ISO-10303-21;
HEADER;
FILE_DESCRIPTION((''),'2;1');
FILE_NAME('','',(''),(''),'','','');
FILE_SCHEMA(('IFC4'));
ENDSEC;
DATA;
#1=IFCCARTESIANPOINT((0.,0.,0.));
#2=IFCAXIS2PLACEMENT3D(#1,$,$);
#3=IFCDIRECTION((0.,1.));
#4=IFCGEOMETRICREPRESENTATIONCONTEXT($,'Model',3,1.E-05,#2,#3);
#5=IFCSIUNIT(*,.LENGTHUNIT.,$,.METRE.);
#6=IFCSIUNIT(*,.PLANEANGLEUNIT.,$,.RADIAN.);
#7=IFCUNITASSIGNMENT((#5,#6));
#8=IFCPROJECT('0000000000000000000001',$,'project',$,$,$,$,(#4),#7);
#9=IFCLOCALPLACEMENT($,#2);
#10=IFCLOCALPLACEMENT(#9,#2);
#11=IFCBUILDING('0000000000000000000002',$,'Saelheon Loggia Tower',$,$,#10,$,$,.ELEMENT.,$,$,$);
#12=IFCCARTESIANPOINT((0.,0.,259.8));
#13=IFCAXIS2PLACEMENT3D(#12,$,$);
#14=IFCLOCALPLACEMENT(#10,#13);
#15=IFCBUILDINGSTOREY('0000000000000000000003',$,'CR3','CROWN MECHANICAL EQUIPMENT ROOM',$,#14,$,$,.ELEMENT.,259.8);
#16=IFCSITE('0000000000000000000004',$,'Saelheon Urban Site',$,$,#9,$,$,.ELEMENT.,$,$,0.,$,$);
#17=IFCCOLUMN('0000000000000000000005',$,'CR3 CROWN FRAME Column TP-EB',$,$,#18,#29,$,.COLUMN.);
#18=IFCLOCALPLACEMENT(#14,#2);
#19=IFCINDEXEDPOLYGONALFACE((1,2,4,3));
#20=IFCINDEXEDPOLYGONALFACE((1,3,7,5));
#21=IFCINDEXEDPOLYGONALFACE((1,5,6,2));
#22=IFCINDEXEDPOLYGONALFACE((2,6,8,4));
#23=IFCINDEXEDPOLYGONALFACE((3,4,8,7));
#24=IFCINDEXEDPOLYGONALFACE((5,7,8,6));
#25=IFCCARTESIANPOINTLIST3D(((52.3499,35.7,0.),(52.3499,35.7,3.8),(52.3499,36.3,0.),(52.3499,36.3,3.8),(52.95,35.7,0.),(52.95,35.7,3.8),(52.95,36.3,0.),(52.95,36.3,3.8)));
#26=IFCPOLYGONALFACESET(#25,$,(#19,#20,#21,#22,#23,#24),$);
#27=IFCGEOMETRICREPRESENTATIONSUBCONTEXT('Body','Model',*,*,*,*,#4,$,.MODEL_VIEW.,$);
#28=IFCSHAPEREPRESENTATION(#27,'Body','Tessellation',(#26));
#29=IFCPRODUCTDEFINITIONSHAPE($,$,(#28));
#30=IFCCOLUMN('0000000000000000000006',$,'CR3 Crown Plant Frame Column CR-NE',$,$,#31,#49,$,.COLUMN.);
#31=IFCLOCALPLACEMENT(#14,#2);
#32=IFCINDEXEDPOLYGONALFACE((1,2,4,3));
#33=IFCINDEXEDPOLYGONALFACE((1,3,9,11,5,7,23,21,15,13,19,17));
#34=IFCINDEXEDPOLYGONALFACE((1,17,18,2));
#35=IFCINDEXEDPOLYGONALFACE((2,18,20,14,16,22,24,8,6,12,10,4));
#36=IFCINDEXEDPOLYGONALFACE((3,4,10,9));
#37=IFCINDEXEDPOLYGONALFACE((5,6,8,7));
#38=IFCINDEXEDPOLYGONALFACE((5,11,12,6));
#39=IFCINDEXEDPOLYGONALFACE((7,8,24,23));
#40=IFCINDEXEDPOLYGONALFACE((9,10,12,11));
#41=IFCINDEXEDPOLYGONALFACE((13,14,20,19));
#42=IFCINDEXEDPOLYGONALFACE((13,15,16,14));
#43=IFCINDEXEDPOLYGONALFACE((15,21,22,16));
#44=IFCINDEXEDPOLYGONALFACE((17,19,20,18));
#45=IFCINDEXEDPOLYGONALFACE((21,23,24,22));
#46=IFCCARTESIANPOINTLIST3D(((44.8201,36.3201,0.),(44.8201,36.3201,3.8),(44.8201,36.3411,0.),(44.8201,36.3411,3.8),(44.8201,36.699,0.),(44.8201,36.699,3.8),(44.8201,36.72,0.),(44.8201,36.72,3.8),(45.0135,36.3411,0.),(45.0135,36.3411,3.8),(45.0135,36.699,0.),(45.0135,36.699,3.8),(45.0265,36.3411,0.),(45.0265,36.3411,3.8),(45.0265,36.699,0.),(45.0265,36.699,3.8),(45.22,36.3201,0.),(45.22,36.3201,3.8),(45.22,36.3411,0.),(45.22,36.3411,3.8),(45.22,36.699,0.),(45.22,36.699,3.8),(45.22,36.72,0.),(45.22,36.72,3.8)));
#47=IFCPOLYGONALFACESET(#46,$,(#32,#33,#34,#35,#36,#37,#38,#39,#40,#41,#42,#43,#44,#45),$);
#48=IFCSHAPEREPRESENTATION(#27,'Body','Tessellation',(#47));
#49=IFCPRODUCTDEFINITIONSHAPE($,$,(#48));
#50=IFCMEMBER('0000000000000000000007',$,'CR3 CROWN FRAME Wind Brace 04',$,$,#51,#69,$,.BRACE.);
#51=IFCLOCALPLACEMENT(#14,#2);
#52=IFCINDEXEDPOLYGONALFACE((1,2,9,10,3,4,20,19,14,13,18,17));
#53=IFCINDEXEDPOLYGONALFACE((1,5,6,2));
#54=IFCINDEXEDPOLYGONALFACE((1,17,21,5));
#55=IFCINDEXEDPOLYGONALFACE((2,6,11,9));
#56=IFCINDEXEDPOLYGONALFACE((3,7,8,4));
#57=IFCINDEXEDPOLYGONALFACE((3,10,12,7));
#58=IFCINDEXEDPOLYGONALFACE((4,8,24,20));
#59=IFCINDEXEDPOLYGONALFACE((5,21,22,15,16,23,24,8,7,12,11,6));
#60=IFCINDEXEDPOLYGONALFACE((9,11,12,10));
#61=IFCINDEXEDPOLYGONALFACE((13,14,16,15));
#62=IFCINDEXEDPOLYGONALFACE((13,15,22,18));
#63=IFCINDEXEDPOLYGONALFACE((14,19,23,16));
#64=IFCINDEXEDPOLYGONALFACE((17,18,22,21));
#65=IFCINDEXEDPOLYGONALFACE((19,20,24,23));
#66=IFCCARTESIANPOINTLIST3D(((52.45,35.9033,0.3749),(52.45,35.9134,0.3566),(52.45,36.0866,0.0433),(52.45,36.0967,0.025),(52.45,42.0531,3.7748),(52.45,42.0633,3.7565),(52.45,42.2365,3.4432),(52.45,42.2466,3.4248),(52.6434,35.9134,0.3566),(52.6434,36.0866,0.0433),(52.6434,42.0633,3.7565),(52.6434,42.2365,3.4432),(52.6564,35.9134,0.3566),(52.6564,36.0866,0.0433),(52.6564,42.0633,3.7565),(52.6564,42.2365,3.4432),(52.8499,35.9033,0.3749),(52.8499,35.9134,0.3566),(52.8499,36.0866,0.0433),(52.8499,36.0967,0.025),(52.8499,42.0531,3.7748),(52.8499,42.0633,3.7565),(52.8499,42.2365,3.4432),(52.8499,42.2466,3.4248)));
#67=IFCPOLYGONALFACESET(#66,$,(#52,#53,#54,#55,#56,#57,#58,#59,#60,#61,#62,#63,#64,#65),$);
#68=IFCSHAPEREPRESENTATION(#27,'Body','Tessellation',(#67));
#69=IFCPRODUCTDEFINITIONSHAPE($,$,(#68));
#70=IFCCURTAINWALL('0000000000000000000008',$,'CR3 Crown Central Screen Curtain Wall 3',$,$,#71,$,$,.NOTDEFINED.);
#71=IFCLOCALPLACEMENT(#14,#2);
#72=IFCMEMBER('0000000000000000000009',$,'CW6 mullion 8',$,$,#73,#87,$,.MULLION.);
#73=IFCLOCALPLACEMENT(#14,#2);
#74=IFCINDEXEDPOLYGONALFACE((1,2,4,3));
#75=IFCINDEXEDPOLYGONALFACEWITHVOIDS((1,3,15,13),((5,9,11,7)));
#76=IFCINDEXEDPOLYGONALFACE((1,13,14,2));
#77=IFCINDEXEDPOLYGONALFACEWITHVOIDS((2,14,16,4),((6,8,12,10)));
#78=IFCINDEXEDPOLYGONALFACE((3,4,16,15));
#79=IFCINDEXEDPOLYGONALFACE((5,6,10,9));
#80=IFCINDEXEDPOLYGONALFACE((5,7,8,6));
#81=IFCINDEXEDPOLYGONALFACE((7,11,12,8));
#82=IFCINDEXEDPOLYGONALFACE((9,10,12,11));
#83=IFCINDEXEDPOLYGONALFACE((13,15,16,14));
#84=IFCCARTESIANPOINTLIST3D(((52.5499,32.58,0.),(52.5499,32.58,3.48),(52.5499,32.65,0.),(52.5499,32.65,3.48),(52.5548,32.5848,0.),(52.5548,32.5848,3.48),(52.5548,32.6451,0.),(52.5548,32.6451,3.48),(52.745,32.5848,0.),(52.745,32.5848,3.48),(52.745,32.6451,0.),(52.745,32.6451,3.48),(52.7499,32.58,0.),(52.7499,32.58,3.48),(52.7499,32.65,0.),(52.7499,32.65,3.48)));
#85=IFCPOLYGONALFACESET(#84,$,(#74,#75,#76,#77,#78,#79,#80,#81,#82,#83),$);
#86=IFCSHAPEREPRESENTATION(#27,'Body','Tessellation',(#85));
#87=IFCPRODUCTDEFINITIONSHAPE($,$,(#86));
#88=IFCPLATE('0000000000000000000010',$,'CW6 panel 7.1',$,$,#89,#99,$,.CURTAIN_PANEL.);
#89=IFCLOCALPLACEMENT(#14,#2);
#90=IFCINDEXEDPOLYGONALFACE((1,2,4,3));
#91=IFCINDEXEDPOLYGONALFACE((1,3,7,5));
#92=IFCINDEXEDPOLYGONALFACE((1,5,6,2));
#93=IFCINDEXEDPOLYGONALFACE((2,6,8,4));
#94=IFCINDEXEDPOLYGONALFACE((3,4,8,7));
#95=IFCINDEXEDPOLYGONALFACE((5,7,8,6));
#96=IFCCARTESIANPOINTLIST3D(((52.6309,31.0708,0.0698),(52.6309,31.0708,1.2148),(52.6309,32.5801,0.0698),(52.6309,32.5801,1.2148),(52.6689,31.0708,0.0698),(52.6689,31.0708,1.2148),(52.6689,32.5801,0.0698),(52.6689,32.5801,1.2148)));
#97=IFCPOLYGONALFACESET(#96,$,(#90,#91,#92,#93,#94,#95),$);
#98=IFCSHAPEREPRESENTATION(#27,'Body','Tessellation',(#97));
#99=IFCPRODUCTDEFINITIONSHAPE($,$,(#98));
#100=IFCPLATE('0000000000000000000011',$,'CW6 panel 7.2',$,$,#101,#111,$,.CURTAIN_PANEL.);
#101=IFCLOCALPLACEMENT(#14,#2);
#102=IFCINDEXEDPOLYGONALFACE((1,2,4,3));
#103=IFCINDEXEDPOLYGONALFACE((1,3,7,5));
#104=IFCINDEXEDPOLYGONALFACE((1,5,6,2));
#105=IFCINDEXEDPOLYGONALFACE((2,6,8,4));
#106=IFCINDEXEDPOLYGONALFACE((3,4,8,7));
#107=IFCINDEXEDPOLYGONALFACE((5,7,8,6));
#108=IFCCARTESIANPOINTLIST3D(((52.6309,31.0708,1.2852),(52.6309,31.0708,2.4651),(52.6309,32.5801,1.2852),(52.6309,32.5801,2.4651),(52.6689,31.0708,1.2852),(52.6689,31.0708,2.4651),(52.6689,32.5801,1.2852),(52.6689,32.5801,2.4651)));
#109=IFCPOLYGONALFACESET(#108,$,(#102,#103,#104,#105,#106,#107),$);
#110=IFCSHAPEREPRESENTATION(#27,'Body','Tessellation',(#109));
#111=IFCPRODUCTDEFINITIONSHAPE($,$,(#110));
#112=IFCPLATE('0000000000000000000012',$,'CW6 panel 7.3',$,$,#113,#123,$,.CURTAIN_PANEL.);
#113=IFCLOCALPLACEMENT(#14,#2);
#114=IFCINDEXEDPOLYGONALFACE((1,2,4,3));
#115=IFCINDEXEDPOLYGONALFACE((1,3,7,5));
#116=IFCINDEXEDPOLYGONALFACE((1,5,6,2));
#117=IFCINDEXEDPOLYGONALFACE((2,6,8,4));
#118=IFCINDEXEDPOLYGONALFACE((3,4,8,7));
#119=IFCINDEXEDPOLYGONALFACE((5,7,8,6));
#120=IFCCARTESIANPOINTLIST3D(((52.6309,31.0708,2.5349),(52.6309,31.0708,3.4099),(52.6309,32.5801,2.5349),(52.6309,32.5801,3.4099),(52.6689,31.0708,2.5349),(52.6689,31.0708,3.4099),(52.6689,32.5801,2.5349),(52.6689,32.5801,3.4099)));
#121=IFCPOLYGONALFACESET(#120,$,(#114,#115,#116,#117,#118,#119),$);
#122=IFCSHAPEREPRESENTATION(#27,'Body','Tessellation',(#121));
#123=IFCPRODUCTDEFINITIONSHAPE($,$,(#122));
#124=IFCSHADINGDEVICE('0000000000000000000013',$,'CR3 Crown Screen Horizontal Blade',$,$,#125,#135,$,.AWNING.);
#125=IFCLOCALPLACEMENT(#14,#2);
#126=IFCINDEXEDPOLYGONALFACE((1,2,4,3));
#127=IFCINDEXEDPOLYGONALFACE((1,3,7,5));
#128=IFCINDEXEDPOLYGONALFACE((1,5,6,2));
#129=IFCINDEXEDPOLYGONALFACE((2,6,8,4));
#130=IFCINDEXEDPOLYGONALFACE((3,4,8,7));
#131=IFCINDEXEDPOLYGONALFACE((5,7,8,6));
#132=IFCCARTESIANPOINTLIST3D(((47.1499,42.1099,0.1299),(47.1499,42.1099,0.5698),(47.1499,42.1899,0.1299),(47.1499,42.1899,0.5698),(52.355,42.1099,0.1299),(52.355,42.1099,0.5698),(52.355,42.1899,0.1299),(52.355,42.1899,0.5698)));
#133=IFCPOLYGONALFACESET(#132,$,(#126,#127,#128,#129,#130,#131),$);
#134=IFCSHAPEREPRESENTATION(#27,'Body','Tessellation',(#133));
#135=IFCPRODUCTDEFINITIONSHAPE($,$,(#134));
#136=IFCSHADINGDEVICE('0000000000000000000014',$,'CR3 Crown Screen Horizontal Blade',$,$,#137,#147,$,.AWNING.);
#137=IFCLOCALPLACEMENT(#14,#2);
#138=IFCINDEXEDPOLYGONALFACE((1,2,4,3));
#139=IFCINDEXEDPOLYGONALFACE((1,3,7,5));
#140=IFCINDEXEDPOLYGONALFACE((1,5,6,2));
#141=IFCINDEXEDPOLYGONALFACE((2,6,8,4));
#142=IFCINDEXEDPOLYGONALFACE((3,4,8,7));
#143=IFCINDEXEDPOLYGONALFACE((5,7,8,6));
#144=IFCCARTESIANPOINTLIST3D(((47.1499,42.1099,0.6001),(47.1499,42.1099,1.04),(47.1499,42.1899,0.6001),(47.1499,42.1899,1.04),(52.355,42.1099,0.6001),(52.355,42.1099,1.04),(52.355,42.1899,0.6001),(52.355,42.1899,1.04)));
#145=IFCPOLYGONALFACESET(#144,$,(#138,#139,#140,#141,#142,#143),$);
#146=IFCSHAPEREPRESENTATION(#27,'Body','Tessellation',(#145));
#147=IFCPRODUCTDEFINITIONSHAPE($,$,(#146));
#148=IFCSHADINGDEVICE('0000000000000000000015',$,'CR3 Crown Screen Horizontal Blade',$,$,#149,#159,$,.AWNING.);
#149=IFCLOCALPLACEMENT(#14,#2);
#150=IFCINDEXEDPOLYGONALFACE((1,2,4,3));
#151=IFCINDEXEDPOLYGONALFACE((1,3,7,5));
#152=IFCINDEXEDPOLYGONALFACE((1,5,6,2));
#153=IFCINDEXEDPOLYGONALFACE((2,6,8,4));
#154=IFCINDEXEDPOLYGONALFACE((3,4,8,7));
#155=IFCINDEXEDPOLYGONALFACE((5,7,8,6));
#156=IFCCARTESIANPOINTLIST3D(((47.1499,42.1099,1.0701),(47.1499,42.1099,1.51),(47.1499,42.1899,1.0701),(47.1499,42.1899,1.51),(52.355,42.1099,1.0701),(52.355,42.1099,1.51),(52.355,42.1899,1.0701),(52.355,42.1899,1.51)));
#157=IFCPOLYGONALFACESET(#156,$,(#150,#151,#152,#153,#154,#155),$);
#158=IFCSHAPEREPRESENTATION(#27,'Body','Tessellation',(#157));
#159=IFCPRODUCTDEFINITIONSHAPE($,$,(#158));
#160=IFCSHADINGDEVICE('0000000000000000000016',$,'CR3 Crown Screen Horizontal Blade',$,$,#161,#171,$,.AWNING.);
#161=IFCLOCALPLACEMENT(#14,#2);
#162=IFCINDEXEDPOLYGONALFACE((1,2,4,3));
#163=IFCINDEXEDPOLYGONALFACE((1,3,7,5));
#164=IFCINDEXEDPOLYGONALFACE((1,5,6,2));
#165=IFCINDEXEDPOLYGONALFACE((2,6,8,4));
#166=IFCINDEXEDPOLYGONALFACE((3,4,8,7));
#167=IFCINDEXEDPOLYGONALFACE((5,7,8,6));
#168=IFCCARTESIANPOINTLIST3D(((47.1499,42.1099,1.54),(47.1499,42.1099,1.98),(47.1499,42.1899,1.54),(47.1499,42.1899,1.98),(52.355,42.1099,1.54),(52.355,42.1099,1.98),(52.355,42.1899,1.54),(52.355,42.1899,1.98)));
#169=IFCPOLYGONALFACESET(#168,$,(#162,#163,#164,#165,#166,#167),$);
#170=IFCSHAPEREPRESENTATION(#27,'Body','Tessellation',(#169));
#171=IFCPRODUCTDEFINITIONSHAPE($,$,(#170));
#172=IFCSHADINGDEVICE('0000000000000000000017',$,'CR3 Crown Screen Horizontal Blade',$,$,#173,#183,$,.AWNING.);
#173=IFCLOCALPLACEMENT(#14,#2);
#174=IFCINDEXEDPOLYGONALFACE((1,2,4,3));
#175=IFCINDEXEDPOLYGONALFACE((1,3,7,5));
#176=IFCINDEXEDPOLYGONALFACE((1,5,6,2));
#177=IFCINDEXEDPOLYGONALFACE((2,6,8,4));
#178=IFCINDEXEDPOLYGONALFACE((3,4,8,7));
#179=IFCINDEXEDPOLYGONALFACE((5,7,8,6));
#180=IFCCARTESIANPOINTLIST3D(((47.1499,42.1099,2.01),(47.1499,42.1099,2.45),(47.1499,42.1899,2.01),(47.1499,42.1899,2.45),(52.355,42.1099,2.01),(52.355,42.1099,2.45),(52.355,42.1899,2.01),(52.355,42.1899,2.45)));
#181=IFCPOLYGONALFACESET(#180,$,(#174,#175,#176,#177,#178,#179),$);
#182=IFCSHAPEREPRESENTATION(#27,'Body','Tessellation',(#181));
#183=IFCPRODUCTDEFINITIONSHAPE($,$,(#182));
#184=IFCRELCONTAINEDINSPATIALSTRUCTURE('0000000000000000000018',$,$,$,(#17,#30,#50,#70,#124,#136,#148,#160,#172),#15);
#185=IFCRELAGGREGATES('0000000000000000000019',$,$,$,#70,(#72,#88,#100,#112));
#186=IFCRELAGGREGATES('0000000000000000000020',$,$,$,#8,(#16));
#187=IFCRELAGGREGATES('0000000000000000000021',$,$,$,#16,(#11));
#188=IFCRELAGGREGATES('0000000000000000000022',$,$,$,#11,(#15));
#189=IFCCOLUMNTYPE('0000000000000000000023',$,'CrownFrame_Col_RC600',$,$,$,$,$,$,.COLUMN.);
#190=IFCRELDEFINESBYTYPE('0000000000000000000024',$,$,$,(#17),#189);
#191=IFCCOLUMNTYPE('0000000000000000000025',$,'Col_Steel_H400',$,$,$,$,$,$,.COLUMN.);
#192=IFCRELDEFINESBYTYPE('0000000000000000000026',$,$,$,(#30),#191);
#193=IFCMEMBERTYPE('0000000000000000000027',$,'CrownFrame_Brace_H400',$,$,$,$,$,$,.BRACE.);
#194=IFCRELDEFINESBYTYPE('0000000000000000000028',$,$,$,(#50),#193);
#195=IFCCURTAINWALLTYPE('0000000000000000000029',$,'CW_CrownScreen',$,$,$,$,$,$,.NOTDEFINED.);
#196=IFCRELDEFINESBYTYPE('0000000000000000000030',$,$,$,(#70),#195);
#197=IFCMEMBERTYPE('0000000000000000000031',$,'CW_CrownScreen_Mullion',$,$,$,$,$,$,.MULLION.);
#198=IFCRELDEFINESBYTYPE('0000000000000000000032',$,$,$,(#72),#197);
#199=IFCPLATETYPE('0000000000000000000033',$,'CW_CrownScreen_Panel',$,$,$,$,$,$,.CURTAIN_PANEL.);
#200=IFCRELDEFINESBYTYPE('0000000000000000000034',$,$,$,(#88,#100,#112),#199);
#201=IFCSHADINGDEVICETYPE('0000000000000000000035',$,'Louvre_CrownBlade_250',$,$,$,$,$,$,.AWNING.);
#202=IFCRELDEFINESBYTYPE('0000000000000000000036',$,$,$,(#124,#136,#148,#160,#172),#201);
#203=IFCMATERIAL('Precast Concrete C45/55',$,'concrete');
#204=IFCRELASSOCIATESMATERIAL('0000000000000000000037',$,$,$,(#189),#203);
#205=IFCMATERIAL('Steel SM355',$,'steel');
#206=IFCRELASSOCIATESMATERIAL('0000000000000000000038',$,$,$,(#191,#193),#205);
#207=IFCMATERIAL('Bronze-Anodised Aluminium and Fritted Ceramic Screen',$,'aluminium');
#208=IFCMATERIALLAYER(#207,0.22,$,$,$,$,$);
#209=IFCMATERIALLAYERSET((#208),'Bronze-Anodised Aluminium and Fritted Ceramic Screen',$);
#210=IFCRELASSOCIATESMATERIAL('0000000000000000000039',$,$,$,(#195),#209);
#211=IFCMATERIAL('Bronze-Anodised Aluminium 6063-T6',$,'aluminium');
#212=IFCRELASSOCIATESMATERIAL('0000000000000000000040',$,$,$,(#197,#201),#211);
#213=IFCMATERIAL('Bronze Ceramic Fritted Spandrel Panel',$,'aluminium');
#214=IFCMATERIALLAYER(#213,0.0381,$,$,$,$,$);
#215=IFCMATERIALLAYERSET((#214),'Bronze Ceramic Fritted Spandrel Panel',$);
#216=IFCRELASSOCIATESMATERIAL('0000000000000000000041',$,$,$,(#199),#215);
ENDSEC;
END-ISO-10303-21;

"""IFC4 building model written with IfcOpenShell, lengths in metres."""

from ifc_helpers import new_model, si_unit, direction, frame, origin, origin_2d, place, context, subcontext, project, spatial, rectangle, hollow_rectangle, i_section, extrude, source, transform, mapped, material, layer, layer_set, material_profile, profile_set, type_object, element, aggregate, save


model = new_model("IFC4")

# Units and contexts
model_context = context("Model", 3, precision=1e-05, world=origin(), true_north=direction((0.0, 1.0)))
body_context = subcontext(model_context, "Body", "Model", "MODEL_VIEW")
ifc_project = project(units=[si_unit("LENGTHUNIT", "METRE"), si_unit("PLANEANGLEUNIT", "RADIAN")], contexts=[model_context])

# Site, building, storey
site_placement = place(None, origin())
site = spatial("IfcSite", under=ifc_project, at=site_placement, Name="Saelheon Urban Site", CompositionType="ELEMENT", RefElevation=0.0)
building_placement = place(site_placement, origin())
building = spatial("IfcBuilding", under=site, at=building_placement, Name="Saelheon Loggia Tower", CompositionType="ELEMENT")
storey_placement = place(building_placement, frame((0.0, 0.0, 259.8)))
storey = spatial("IfcBuildingStorey", under=building, at=storey_placement, Name="CR3", Description="CROWN MECHANICAL EQUIPMENT ROOM", CompositionType="ELEMENT", Elevation=259.8)

# Columns
ifc_material_1 = material(Name="Precast Concrete C45/55", Category="concrete")
ifc_material_profile_1 = material_profile(ifc_material_1, rectangle(XDim=0.6001, YDim=0.6001, at=origin_2d()), Name="RC-600x600")
ifc_profile_set_1 = profile_set([ifc_material_profile_1], Name="Precast Concrete C45/55")
column_type_1 = type_object("IfcColumnType", Name="CrownFrame_Col_RC600", PredefinedType="COLUMN", material=ifc_profile_set_1)
shared_shape_1 = source(origin(), body_context, "Body", "SweptSolid", [
    extrude(rectangle(XDim=0.6001, YDim=0.6001, at=origin_2d()), origin(), (0.0, 0.0, 1.0), 3.8),
])
column_1_placement = place(storey_placement, frame((52.6499, 36.0, 0.0), z_axis=(0.0, 0.0, 1.0), x_axis=(1.0, 0.0, 0.0)))
element("IfcColumn", 1, at=column_1_placement, inside=storey, type_object=column_type_1, Name="CR3 CROWN FRAME Column TP-EB", PredefinedType="COLUMN", context=body_context, shape_type="MappedRepresentation", body=[
    mapped(shared_shape_1, transform((0.0, 0.0, 0.0), scale=1.0)),
])
ifc_material_2 = material(Name="Steel SM355", Category="steel")
ifc_material_profile_2 = material_profile(ifc_material_2, i_section(OverallWidth=0.3999, OverallDepth=0.3999, WebThickness=0.0129, FlangeThickness=0.021, at=origin_2d()), Name="H-400x400x13x21")
ifc_profile_set_2 = profile_set([ifc_material_profile_2], Name="Steel SM355")
column_type_2 = type_object("IfcColumnType", Name="Col_Steel_H400", PredefinedType="COLUMN", material=ifc_profile_set_2)
shared_shape_2 = source(origin(), body_context, "Body", "SweptSolid", [
    extrude(i_section(OverallWidth=0.3999, OverallDepth=0.3999, WebThickness=0.0129, FlangeThickness=0.021, at=origin_2d()), origin(), (0.0, 0.0, 1.0), 3.8),
])
column_2_placement = place(storey_placement, frame((45.02, 36.52, 0.0), z_axis=(0.0, 0.0, 1.0), x_axis=(1.0, 0.0, 0.0)))
element("IfcColumn", 2, at=column_2_placement, inside=storey, type_object=column_type_2, Name="CR3 Crown Plant Frame Column CR-NE", PredefinedType="COLUMN", context=body_context, shape_type="MappedRepresentation", body=[
    mapped(shared_shape_2, transform((0.0, 0.0, 0.0), scale=1.0)),
])

# Member
ifc_material_profile_3 = material_profile(ifc_material_2, i_section(OverallWidth=0.3999, OverallDepth=0.3999, WebThickness=0.0129, FlangeThickness=0.021, at=origin_2d()), Name="H-400x400x13x21")
ifc_profile_set_3 = profile_set([ifc_material_profile_3], Name="Steel SM355")
member_type_1 = type_object("IfcMemberType", Name="CrownFrame_Brace_H400", PredefinedType="BRACE", material=ifc_profile_set_3)
shared_shape_3 = source(origin(), body_context, "Body", "SweptSolid", [
    extrude(i_section(OverallWidth=0.3999, OverallDepth=0.3999, WebThickness=0.0129, FlangeThickness=0.021, at=origin_2d()), origin(), (0.0, 0.0, 1.0), 7.0271),
])
member_1_placement = place(storey_placement, frame((52.6499, 36.0, 0.2), z_axis=(0.0, 0.875165, 0.483825), x_axis=(-1.0, 0.0, 0.0)))
element("IfcMember", 3, at=member_1_placement, inside=storey, type_object=member_type_1, Name="CR3 CROWN FRAME Wind Brace 04", PredefinedType="BRACE", context=body_context, shape_type="MappedRepresentation", body=[
    mapped(shared_shape_3, transform((0.0, 0.0, 0.0), scale=1.0)),
])

# Curtain wall, member, plates
ifc_material_3 = material(Name="Bronze-Anodised Aluminium and Fritted Ceramic Screen", Category="aluminium")
ifc_layer_1 = layer(ifc_material_3, 0.22)
ifc_layer_set_1 = layer_set([ifc_layer_1], Name="Bronze-Anodised Aluminium and Fritted Ceramic Screen")
curtain_wall_type = type_object("IfcCurtainWallType", Name="CW_CrownScreen", PredefinedType="NOTDEFINED", material=ifc_layer_set_1)
curtain_wall_placement = place(storey_placement, origin())
curtain_wall = element("IfcCurtainWall", 4, at=curtain_wall_placement, inside=storey, type_object=curtain_wall_type, Name="CR3 Crown Central Screen Curtain Wall 3", PredefinedType="NOTDEFINED")
ifc_material_4 = material(Name="Bronze-Anodised Aluminium 6063-T6", Category="aluminium")
ifc_material_profile_4 = material_profile(ifc_material_4, hollow_rectangle(XDim=0.0701, YDim=0.2, WallThickness=0.0049, at=origin_2d()), Name="RHS-200x70x5")
ifc_profile_set_4 = profile_set([ifc_material_profile_4], Name="Bronze-Anodised Aluminium 6063-T6")
member_type_2 = type_object("IfcMemberType", Name="CW_CrownScreen_Mullion", PredefinedType="MULLION", material=ifc_profile_set_4)
shared_shape_4 = source(origin(), body_context, "Body", "SweptSolid", [
    extrude(hollow_rectangle(XDim=0.0701, YDim=0.2, WallThickness=0.0049, at=origin_2d()), origin(), (0.0, 0.0, 1.0), 3.48),
])
member_2_placement = place(storey_placement, frame((52.6499, 32.615, 0.0), z_axis=(0.0, 0.0, 1.0), x_axis=(0.0, 1.0, 0.0)))
member_2 = element("IfcMember", 5, at=member_2_placement, type_object=member_type_2, Name="CW6 mullion 8", PredefinedType="MULLION", context=body_context, shape_type="MappedRepresentation", body=[
    mapped(shared_shape_4, transform((0.0, 0.0, 0.0), scale=1.0)),
])
ifc_material_5 = material(Name="Bronze Ceramic Fritted Spandrel Panel", Category="aluminium")
ifc_layer_2 = layer(ifc_material_5, 0.0381)
ifc_layer_set_2 = layer_set([ifc_layer_2], Name="Bronze Ceramic Fritted Spandrel Panel")
plate_type = type_object("IfcPlateType", Name="CW_CrownScreen_Panel", PredefinedType="CURTAIN_PANEL", material=ifc_layer_set_2)
shared_shape_5 = source(origin(), body_context, "Body", "SweptSolid", [
    extrude(rectangle(XDim=1.5093, YDim=0.0381, at=origin_2d()), origin(), (0.0, 0.0, 1.0), 1.145),
])
plate_1_placement = place(storey_placement, frame((52.6499, 31.8254, 0.0698), z_axis=(0.0, 0.0, 1.0), x_axis=(0.0, 1.0, 0.0)))
plate_1 = element("IfcPlate", 6, at=plate_1_placement, type_object=plate_type, Name="CW6 panel 7.1", PredefinedType="CURTAIN_PANEL", context=body_context, shape_type="MappedRepresentation", body=[
    mapped(shared_shape_5, transform((0.0, 0.0, 0.0), scale=1.0)),
])
shared_shape_6 = source(origin(), body_context, "Body", "SweptSolid", [
    extrude(rectangle(XDim=1.5093, YDim=0.0381, at=origin_2d()), origin(), (0.0, 0.0, 1.0), 1.1799),
])
plate_2_placement = place(storey_placement, frame((52.6499, 31.8254, 1.2852), z_axis=(0.0, 0.0, 1.0), x_axis=(0.0, 1.0, 0.0)))
plate_2 = element("IfcPlate", 7, at=plate_2_placement, type_object=plate_type, Name="CW6 panel 7.2", PredefinedType="CURTAIN_PANEL", context=body_context, shape_type="MappedRepresentation", body=[
    mapped(shared_shape_6, transform((0.0, 0.0, 0.0), scale=1.0)),
])
shared_shape_7 = source(origin(), body_context, "Body", "SweptSolid", [
    extrude(rectangle(XDim=1.5093, YDim=0.0381, at=origin_2d()), origin(), (0.0, 0.0, 1.0), 0.875),
])
plate_3_placement = place(storey_placement, frame((52.6499, 31.8254, 2.5349), z_axis=(0.0, 0.0, 1.0), x_axis=(0.0, 1.0, 0.0)))
plate_3 = element("IfcPlate", 8, at=plate_3_placement, type_object=plate_type, Name="CW6 panel 7.3", PredefinedType="CURTAIN_PANEL", context=body_context, shape_type="MappedRepresentation", body=[
    mapped(shared_shape_7, transform((0.0, 0.0, 0.0), scale=1.0)),
])
aggregate(curtain_wall, [member_2, plate_1, plate_2, plate_3])

# Shading devices
ifc_material_profile_5 = material_profile(ifc_material_4, rectangle(XDim=0.0801, YDim=0.4399, at=origin_2d()), Name="Louvre_CrownBlade_250")
ifc_profile_set_5 = profile_set([ifc_material_profile_5], Name="Bronze-Anodised Aluminium 6063-T6")
shading_device_type = type_object("IfcShadingDeviceType", Name="Louvre_CrownBlade_250", PredefinedType="AWNING", material=ifc_profile_set_5)
shared_shape_8 = source(origin(), body_context, "Body", "SweptSolid", [
    extrude(rectangle(XDim=0.0801, YDim=0.4399, at=origin_2d()), origin(), (0.0, 0.0, 1.0), 5.2051),
])
for number, where, z_axis, x_axis, name in (
    (9, (52.355, 42.1499, 0.3499), (-1.0, 0.0, 0.0), (0.0, -1.0, 0.0), "CR3 Crown Screen Horizontal Blade"),
    (10, (52.355, 42.1499, 0.8201), (-1.0, 0.0, 0.0), (0.0, -1.0, 0.0), "CR3 Crown Screen Horizontal Blade"),
    (11, (52.355, 42.1499, 1.29), (-1.0, 0.0, 0.0), (0.0, -1.0, 0.0), "CR3 Crown Screen Horizontal Blade"),
    (12, (52.355, 42.1499, 1.76), (-1.0, 0.0, 0.0), (0.0, -1.0, 0.0), "CR3 Crown Screen Horizontal Blade"),
    (13, (52.355, 42.1499, 2.23), (-1.0, 0.0, 0.0), (0.0, -1.0, 0.0), "CR3 Crown Screen Horizontal Blade"),
):
    element("IfcShadingDevice", number, at=place(storey_placement, frame(where, z_axis=z_axis, x_axis=x_axis)), inside=storey, type_object=shading_device_type, Name=name, PredefinedType="AWNING", context=body_context, shape_type="MappedRepresentation", body=[
        mapped(shared_shape_8, transform((0.0, 0.0, 0.0), scale=1.0)),
    ])

save(model, "model.ifc")
